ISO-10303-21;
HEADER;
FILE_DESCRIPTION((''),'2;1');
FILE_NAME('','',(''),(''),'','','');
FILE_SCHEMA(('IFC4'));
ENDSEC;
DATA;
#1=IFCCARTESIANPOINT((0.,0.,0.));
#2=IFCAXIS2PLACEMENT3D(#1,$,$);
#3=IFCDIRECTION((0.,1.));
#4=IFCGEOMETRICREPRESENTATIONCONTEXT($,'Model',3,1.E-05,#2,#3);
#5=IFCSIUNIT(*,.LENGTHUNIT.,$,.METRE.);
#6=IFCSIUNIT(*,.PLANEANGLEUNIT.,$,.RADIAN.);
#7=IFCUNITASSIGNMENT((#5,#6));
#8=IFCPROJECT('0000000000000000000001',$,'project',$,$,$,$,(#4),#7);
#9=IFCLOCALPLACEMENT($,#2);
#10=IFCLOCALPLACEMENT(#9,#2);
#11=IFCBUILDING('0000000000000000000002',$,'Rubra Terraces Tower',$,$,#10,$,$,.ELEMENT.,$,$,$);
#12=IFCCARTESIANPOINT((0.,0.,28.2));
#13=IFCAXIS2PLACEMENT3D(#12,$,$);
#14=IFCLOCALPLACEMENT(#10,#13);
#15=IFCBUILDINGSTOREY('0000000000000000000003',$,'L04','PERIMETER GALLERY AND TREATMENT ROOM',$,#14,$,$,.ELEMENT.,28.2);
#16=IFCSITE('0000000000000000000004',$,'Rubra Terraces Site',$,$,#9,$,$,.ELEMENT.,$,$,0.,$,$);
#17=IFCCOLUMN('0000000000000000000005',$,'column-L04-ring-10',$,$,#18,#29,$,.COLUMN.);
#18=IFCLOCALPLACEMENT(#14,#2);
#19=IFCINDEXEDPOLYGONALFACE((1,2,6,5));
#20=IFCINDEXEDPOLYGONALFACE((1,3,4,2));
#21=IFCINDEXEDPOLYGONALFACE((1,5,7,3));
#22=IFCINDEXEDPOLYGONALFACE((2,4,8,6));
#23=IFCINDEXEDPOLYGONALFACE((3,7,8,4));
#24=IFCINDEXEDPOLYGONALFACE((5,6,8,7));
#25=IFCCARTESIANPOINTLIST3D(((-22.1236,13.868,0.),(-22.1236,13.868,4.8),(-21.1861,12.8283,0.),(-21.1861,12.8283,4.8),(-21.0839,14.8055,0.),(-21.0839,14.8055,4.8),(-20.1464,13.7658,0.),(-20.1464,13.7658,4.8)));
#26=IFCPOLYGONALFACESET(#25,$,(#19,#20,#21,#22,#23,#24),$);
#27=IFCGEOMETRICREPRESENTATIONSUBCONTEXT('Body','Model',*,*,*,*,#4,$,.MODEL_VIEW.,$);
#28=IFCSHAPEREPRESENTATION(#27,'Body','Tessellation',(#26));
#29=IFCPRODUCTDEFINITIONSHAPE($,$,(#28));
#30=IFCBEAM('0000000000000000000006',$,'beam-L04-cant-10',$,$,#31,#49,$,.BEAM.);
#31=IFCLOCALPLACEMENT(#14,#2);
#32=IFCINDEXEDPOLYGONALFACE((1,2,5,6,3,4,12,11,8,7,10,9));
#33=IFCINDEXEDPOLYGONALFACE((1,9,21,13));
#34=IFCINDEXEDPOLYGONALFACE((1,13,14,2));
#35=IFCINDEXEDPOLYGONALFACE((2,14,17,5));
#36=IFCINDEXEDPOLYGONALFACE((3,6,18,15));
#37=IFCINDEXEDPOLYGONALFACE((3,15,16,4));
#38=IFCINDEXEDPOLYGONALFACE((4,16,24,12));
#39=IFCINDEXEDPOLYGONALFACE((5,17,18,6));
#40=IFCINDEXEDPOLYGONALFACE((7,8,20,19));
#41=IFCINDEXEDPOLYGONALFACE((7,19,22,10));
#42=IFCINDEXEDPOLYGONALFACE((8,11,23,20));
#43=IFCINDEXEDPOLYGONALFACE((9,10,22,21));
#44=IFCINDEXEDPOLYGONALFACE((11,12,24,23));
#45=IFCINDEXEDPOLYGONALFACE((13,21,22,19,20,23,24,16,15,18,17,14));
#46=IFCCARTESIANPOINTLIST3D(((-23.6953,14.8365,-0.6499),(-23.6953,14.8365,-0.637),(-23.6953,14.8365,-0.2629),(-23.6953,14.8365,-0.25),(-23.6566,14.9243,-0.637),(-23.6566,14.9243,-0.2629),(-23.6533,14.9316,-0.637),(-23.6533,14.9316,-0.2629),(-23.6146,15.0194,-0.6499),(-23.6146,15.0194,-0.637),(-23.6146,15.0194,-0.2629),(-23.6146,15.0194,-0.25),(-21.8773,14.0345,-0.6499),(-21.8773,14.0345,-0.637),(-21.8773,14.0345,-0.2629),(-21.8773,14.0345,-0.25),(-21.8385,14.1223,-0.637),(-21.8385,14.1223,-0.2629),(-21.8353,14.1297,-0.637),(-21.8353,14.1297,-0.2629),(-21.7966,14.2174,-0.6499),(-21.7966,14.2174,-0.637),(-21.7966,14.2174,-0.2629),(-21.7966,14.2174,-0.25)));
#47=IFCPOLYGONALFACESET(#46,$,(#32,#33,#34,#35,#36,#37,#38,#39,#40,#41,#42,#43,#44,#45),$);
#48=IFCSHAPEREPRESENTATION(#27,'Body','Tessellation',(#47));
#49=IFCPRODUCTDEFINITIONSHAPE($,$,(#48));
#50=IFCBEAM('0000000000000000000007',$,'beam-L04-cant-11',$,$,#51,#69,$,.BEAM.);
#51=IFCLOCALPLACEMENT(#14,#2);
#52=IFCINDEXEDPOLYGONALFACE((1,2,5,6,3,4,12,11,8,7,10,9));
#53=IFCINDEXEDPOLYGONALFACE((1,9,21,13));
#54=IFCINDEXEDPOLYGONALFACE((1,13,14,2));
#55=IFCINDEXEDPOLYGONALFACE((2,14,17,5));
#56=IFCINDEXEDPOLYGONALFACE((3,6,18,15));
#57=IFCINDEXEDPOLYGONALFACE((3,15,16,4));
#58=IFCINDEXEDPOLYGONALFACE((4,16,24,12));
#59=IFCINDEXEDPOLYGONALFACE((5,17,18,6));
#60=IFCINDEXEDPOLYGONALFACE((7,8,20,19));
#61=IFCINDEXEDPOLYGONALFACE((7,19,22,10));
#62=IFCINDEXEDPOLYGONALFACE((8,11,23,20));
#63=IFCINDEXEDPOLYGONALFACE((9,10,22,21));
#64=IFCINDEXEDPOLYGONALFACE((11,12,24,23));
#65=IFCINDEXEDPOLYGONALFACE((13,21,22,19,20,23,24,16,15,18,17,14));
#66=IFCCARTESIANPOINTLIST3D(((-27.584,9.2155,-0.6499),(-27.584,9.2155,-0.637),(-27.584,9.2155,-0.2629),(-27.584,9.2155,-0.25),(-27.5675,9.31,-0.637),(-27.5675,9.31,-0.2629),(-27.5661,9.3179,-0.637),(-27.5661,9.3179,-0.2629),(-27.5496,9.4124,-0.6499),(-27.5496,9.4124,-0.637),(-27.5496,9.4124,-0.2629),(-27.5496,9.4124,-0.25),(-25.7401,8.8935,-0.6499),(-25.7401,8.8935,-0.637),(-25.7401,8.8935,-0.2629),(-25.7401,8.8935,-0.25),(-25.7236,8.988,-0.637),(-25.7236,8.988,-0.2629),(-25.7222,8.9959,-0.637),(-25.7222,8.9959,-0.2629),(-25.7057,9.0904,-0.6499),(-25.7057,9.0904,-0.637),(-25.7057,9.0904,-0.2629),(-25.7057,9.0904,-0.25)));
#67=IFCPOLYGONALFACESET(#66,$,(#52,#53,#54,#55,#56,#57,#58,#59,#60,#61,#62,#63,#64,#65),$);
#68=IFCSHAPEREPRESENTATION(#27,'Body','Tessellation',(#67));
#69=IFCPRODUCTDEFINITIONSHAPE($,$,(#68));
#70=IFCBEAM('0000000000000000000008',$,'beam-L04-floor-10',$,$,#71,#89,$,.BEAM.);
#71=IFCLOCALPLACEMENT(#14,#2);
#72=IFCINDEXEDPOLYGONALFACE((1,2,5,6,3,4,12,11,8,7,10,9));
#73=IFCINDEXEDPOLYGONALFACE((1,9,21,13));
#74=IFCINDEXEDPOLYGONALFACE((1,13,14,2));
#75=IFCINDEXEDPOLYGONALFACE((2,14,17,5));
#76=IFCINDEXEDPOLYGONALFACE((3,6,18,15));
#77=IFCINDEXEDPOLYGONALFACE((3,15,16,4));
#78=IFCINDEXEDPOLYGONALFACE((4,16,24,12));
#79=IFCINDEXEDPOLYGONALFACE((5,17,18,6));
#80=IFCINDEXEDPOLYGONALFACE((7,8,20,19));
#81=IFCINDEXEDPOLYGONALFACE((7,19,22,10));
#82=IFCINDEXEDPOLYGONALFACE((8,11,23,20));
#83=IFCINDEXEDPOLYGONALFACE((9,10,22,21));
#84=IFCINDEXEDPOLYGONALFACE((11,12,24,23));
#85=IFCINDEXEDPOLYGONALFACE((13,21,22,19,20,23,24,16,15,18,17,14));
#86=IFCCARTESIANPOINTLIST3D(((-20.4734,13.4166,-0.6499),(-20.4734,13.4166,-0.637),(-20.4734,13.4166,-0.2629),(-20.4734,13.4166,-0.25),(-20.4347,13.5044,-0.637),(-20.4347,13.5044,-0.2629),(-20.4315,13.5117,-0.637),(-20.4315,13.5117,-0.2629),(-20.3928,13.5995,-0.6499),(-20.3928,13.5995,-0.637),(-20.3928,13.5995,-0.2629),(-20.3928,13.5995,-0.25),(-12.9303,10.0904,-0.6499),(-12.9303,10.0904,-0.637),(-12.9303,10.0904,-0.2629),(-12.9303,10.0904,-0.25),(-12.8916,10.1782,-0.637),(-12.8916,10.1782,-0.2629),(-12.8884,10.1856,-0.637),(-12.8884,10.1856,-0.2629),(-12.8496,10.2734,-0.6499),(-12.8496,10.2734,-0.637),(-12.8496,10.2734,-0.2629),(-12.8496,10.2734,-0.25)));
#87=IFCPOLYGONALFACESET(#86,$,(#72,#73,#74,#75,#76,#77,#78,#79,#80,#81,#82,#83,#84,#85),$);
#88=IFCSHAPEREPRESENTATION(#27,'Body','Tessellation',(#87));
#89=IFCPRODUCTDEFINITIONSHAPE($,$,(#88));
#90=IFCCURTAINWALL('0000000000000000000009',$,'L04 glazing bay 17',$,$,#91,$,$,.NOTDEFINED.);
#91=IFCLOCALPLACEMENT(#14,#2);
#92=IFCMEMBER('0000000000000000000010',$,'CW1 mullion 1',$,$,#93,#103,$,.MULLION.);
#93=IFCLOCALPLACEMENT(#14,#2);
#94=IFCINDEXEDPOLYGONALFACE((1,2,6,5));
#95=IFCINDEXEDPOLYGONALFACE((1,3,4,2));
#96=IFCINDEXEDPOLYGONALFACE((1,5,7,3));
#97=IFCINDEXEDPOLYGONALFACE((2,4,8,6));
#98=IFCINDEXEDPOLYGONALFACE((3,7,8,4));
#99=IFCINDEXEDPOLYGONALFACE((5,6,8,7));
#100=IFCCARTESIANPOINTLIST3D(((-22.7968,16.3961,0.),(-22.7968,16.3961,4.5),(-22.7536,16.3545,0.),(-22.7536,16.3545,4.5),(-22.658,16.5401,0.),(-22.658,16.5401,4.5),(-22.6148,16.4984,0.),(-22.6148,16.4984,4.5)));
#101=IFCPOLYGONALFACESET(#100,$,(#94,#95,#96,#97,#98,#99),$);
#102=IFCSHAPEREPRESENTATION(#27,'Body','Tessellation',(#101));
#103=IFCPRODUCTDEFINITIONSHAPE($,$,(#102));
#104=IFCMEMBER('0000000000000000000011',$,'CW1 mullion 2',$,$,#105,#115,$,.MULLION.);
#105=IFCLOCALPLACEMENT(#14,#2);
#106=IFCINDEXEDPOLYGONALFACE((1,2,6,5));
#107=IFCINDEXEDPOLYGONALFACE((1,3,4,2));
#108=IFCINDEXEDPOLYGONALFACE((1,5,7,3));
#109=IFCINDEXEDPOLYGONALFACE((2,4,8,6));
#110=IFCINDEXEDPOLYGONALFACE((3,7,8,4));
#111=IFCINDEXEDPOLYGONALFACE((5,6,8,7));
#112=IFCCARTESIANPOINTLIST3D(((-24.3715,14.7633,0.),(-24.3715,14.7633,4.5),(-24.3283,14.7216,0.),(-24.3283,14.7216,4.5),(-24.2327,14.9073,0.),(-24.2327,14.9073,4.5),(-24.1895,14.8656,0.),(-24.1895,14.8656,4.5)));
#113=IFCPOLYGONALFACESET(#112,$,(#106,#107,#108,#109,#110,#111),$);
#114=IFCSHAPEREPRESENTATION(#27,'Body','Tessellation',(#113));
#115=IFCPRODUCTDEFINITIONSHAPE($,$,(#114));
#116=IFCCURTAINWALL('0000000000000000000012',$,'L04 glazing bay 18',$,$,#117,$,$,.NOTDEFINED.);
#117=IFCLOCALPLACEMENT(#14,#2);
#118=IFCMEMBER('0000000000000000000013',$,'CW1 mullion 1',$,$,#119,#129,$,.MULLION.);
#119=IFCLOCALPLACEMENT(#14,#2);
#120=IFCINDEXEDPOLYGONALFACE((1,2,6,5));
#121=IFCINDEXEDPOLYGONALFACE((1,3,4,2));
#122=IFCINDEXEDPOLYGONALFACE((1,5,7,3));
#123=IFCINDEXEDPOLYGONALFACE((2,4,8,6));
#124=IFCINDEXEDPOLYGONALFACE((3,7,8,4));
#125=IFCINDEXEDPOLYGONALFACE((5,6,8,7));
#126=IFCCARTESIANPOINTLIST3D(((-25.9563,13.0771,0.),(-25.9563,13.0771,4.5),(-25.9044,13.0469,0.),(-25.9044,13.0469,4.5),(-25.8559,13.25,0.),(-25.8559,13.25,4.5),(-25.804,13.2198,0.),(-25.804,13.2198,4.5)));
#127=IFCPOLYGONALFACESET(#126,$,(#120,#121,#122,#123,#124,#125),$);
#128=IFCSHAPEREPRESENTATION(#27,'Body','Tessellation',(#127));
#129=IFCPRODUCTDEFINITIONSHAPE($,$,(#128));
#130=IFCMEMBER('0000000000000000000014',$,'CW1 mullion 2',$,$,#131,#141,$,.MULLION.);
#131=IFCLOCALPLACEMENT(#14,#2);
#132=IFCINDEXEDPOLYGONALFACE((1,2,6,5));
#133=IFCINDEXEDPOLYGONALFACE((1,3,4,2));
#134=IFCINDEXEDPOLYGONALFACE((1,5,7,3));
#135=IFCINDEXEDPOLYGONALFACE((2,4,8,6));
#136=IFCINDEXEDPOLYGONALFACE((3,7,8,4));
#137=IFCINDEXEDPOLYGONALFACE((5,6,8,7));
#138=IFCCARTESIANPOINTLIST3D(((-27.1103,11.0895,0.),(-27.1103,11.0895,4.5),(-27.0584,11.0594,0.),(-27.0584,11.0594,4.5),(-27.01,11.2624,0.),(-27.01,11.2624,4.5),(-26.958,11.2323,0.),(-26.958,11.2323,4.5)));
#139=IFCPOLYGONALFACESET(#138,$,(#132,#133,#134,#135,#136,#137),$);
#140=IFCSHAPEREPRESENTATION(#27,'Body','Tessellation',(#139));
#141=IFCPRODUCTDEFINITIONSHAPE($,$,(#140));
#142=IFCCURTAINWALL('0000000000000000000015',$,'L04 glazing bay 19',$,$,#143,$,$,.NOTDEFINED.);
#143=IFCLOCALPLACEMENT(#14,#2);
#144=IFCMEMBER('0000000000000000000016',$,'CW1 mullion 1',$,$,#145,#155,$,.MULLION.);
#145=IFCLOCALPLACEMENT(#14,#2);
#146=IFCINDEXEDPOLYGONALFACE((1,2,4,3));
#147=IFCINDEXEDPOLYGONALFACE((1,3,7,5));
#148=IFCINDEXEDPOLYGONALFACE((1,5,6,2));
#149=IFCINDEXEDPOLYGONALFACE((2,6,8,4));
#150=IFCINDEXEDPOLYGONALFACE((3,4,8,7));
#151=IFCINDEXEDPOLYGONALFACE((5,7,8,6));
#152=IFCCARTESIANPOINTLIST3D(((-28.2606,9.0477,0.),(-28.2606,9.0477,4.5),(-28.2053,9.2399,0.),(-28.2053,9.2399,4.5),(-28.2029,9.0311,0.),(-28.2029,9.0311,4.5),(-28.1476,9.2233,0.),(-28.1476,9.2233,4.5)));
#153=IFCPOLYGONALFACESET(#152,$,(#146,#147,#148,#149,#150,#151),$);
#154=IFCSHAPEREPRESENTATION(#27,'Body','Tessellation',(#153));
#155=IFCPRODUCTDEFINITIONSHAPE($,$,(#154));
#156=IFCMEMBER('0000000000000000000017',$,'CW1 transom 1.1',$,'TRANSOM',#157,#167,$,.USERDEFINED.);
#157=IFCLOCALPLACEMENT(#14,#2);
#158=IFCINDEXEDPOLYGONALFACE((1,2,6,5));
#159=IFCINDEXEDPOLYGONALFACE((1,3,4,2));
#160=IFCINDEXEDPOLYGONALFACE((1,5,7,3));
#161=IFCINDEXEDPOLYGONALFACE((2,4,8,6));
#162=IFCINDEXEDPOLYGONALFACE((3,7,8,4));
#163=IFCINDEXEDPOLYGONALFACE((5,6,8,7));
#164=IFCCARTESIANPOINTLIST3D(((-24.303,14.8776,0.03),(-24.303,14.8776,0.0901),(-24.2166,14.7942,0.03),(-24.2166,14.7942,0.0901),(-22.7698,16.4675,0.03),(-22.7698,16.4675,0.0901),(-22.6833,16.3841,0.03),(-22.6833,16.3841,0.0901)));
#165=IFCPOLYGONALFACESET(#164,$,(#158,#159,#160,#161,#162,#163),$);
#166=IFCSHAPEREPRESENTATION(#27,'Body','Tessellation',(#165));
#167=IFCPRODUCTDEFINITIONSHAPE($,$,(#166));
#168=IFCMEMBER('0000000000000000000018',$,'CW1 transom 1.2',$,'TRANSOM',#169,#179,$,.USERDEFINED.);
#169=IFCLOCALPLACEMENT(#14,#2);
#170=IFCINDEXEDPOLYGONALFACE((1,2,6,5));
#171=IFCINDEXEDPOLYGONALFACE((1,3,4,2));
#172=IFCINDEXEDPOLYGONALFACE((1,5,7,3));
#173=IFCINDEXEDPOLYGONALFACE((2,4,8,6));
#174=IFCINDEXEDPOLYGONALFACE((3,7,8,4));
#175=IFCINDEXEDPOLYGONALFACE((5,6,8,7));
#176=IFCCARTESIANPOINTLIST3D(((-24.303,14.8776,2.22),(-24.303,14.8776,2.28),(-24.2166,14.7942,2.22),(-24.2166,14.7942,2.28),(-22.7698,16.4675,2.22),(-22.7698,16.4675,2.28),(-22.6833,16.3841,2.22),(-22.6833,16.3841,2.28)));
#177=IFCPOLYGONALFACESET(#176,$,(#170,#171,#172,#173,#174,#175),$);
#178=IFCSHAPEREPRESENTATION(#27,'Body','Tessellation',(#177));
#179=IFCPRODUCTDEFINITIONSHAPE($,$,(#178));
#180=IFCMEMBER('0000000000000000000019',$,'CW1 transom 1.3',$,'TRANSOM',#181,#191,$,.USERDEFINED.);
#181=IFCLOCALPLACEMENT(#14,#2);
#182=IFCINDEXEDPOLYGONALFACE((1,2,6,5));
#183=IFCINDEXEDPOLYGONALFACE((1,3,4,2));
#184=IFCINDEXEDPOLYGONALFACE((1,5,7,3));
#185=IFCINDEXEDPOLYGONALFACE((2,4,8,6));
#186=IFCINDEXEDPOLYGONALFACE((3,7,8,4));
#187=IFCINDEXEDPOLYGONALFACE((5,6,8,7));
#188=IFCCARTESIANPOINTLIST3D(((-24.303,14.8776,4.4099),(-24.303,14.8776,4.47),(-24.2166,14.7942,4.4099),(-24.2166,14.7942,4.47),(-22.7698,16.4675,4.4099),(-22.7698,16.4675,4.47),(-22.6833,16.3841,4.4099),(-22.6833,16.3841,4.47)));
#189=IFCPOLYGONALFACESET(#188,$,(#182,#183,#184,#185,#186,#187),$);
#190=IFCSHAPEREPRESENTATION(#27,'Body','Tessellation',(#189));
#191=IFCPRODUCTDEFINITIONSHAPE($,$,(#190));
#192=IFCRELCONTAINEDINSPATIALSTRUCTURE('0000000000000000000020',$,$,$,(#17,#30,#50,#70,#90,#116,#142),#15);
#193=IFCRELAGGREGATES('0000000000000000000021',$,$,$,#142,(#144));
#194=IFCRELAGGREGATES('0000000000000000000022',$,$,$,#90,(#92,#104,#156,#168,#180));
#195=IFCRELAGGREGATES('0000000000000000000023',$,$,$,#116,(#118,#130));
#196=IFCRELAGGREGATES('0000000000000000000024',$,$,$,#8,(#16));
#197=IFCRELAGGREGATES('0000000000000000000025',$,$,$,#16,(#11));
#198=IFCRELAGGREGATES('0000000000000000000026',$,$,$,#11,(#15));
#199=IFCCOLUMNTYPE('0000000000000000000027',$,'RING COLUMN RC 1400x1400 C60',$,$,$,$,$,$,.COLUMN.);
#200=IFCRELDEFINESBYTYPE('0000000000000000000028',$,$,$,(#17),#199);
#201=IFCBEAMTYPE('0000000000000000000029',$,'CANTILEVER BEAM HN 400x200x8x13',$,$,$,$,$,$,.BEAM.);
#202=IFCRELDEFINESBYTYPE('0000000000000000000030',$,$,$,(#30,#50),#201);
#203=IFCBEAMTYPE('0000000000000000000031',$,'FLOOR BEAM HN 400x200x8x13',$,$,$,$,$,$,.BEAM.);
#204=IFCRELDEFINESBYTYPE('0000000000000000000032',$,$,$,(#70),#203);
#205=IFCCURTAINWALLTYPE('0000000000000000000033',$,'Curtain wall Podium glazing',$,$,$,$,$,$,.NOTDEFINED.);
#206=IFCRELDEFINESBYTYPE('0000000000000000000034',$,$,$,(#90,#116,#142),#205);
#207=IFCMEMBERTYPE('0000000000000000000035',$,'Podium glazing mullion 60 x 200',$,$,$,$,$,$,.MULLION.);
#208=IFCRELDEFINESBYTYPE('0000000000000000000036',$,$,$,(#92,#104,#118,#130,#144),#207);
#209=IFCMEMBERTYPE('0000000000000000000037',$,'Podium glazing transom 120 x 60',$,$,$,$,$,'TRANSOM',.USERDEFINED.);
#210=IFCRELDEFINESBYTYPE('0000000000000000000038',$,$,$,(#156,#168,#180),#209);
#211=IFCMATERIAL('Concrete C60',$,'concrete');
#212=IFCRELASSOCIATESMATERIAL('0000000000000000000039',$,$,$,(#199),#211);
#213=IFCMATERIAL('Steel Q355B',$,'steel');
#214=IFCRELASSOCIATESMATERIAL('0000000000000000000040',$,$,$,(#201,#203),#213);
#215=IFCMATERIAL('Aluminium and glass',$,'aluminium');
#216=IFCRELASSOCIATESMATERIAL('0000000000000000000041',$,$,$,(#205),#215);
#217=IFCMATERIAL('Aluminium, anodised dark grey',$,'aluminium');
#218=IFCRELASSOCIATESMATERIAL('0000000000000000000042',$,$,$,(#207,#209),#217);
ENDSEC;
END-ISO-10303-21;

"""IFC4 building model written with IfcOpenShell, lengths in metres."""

from ifc_helpers import new_model, si_unit, direction, frame, origin, origin_2d, place, context, subcontext, project, spatial, rectangle, i_section, extrude, material, material_profile, profile_set, type_object, element, aggregate, save


model = new_model("IFC4")

# Units and contexts
model_context = context("Model", 3, precision=1e-05, world=origin(), true_north=direction((0.0, 1.0)))
body_context = subcontext(model_context, "Body", "Model", "MODEL_VIEW")
ifc_project = project(units=[si_unit("LENGTHUNIT", "METRE"), si_unit("PLANEANGLEUNIT", "RADIAN")], contexts=[model_context])

# Site, building, storey
site_placement = place(None, origin())
site = spatial("IfcSite", under=ifc_project, at=site_placement, Name="Rubra Terraces Site", CompositionType="ELEMENT", RefElevation=0.0)
building_placement = place(site_placement, origin())
building = spatial("IfcBuilding", under=site, at=building_placement, Name="Rubra Terraces Tower", CompositionType="ELEMENT")
storey_placement = place(building_placement, frame((0.0, 0.0, 28.2)))
storey = spatial("IfcBuildingStorey", under=building, at=storey_placement, Name="L04", Description="PERIMETER GALLERY AND TREATMENT ROOM", CompositionType="ELEMENT", Elevation=28.2)

# Column
ifc_material_1 = material(Name="Concrete C60", Category="concrete")
ifc_material_profile_1 = material_profile(ifc_material_1, rectangle(XDim=1.3999, YDim=1.3999, at=origin_2d()), Name="RC 1400x1400")
ifc_profile_set_1 = profile_set([ifc_material_profile_1], Name="Concrete C60")
column_type = type_object("IfcColumnType", Name="RING COLUMN RC 1400x1400 C60", PredefinedType="COLUMN", material=ifc_profile_set_1)
column_placement = place(storey_placement, frame((-21.135, 13.8169, 0.0), z_axis=(0.0, 0.0, 1.0), x_axis=(-0.742676, -0.669651, 0.0)))
element("IfcColumn", 1, at=column_placement, inside=storey, type_object=column_type, Name="column-L04-ring-10", PredefinedType="COLUMN", context=body_context, shape_type="SweptSolid", body=[
    extrude(rectangle(XDim=1.3999, YDim=1.3999, at=origin_2d()), origin(), (0.0, 0.0, 1.0), 4.8),
])

# Beams
ifc_material_2 = material(Name="Steel Q355B", Category="steel")
ifc_material_profile_2 = material_profile(ifc_material_2, i_section(OverallWidth=0.2, OverallDepth=0.3999, WebThickness=0.0081, FlangeThickness=0.0129, at=origin_2d()), Name="HN 400x200x8x13")
ifc_profile_set_2 = profile_set([ifc_material_profile_2], Name="Steel Q355B")
beam_type_1 = type_object("IfcBeamType", Name="CANTILEVER BEAM HN 400x200x8x13", PredefinedType="BEAM", material=ifc_profile_set_2)
beam_1_placement = place(storey_placement, frame((-21.8369, 14.126, -0.45), z_axis=(-0.914938, 0.403595, 0.0), x_axis=(-0.403595, -0.914938, 0.0)))
element("IfcBeam", 2, at=beam_1_placement, inside=storey, type_object=beam_type_1, Name="beam-L04-cant-10", PredefinedType="BEAM", context=body_context, shape_type="SweptSolid", body=[
    extrude(i_section(OverallWidth=0.2, OverallDepth=0.3999, WebThickness=0.0081, FlangeThickness=0.0129, at=origin_2d()), origin(), (0.0, 0.0, 1.0), 1.9871),
])
beam_2_placement = place(storey_placement, frame((-25.7229, 8.9919, -0.45), z_axis=(-0.985092, 0.172029, 0.0), x_axis=(-0.172029, -0.985092, 0.0)))
element("IfcBeam", 3, at=beam_2_placement, inside=storey, type_object=beam_type_1, Name="beam-L04-cant-11", PredefinedType="BEAM", context=body_context, shape_type="SweptSolid", body=[
    extrude(i_section(OverallWidth=0.2, OverallDepth=0.3999, WebThickness=0.0081, FlangeThickness=0.0129, at=origin_2d()), origin(), (0.0, 0.0, 1.0), 1.8718),
])
ifc_material_profile_3 = material_profile(ifc_material_2, i_section(OverallWidth=0.2, OverallDepth=0.3999, WebThickness=0.0081, FlangeThickness=0.0129, at=origin_2d()), Name="HN 400x200x8x13")
ifc_profile_set_3 = profile_set([ifc_material_profile_3], Name="Steel Q355B")
beam_type_2 = type_object("IfcBeamType", Name="FLOOR BEAM HN 400x200x8x13", PredefinedType="BEAM", material=ifc_profile_set_3)
beam_3_placement = place(storey_placement, frame((-20.4331, 13.5081, -0.45), z_axis=(0.914995, -0.403466, 0.0), x_axis=(0.403466, 0.914995, 0.0)))
element("IfcBeam", 4, at=beam_3_placement, inside=storey, type_object=beam_type_2, Name="beam-L04-floor-10", PredefinedType="BEAM", context=body_context, shape_type="SweptSolid", body=[
    extrude(i_section(OverallWidth=0.2, OverallDepth=0.3999, WebThickness=0.0081, FlangeThickness=0.0129, at=origin_2d()), origin(), (0.0, 0.0, 1.0), 8.2439),
])

# Curtain walls, members
ifc_material_3 = material(Name="Aluminium and glass", Category="aluminium")
curtain_wall_type = type_object("IfcCurtainWallType", Name="Curtain wall Podium glazing", PredefinedType="NOTDEFINED", material=ifc_material_3)
curtain_wall_1_placement = place(storey_placement, origin())
curtain_wall_1 = element("IfcCurtainWall", 5, at=curtain_wall_1_placement, inside=storey, type_object=curtain_wall_type, Name="L04 glazing bay 17", PredefinedType="NOTDEFINED")
ifc_material_4 = material(Name="Aluminium, anodised dark grey", Category="aluminium")
ifc_material_profile_4 = material_profile(ifc_material_4, rectangle(XDim=0.0601, YDim=0.2, at=origin_2d()), Name="AL 60x200")
ifc_profile_set_4 = profile_set([ifc_material_profile_4], Name="Aluminium, anodised dark grey")
member_type_1 = type_object("IfcMemberType", Name="Podium glazing mullion 60 x 200", PredefinedType="MULLION", material=ifc_profile_set_4)
member_1_placement = place(storey_placement, frame((-22.7058, 16.4473, 0.0), z_axis=(0.0, 0.0, 1.0), x_axis=(0.719825, -0.694156, 0.0)))
member_1 = element("IfcMember", 6, at=member_1_placement, type_object=member_type_1, Name="CW1 mullion 1", PredefinedType="MULLION", context=body_context, shape_type="SweptSolid", body=[
    extrude(rectangle(XDim=0.0601, YDim=0.2, at=origin_2d()), origin(), (0.0, 0.0, 1.0), 4.5),
])
member_2_placement = place(storey_placement, frame((-24.2805, 14.8145, 0.0), z_axis=(0.0, 0.0, 1.0), x_axis=(0.719825, -0.694156, 0.0)))
member_2 = element("IfcMember", 7, at=member_2_placement, type_object=member_type_1, Name="CW1 mullion 2", PredefinedType="MULLION", context=body_context, shape_type="SweptSolid", body=[
    extrude(rectangle(XDim=0.0601, YDim=0.2, at=origin_2d()), origin(), (0.0, 0.0, 1.0), 4.5),
])
curtain_wall_2_placement = place(storey_placement, origin())
curtain_wall_2 = element("IfcCurtainWall", 8, at=curtain_wall_2_placement, inside=storey, type_object=curtain_wall_type, Name="L04 glazing bay 18", PredefinedType="NOTDEFINED")
member_3_placement = place(storey_placement, frame((-25.8801, 13.1484, 0.0), z_axis=(0.0, 0.0, 1.0), x_axis=(0.864813, -0.502094, 0.0)))
member_3 = element("IfcMember", 9, at=member_3_placement, type_object=member_type_1, Name="CW1 mullion 1", PredefinedType="MULLION", context=body_context, shape_type="SweptSolid", body=[
    extrude(rectangle(XDim=0.0601, YDim=0.2, at=origin_2d()), origin(), (0.0, 0.0, 1.0), 4.5),
])
member_4_placement = place(storey_placement, frame((-27.0342, 11.1609, 0.0), z_axis=(0.0, 0.0, 1.0), x_axis=(0.864813, -0.502094, 0.0)))
member_4 = element("IfcMember", 10, at=member_4_placement, type_object=member_type_1, Name="CW1 mullion 2", PredefinedType="MULLION", context=body_context, shape_type="SweptSolid", body=[
    extrude(rectangle(XDim=0.0601, YDim=0.2, at=origin_2d()), origin(), (0.0, 0.0, 1.0), 4.5),
])

# Curtain wall, member
curtain_wall_3_placement = place(storey_placement, origin())
curtain_wall_3 = element("IfcCurtainWall", 11, at=curtain_wall_3_placement, inside=storey, type_object=curtain_wall_type, Name="L04 glazing bay 19", PredefinedType="NOTDEFINED")
member_5_placement = place(storey_placement, frame((-28.2041, 9.1355, 0.0), z_axis=(0.0, 0.0, 1.0), x_axis=(0.961047, -0.276384, 0.0)))
member_5 = element("IfcMember", 12, at=member_5_placement, type_object=member_type_1, Name="CW1 mullion 1", PredefinedType="MULLION", context=body_context, shape_type="SweptSolid", body=[
    extrude(rectangle(XDim=0.0601, YDim=0.2, at=origin_2d()), origin(), (0.0, 0.0, 1.0), 4.5),
])

# Members
ifc_material_profile_5 = material_profile(ifc_material_4, rectangle(XDim=0.1201, YDim=0.0601, at=origin_2d()), Name="AL 120x60")
ifc_profile_set_5 = profile_set([ifc_material_profile_5], Name="Aluminium, anodised dark grey")
member_type_2 = type_object("IfcMemberType", Name="Podium glazing transom 120 x 60", ElementType="TRANSOM", PredefinedType="USERDEFINED", material=ifc_profile_set_5)
member_6_placement = place(storey_placement, frame((-22.7266, 16.4258, 0.0601), z_axis=(-0.694168, -0.719813, 0.0), x_axis=(0.719813, -0.694168, 0.0)))
member_6 = element("IfcMember", 13, at=member_6_placement, type_object=member_type_2, Name="CW1 transom 1.1", ObjectType="TRANSOM", PredefinedType="USERDEFINED", context=body_context, shape_type="SweptSolid", body=[
    extrude(rectangle(XDim=0.1201, YDim=0.0601, at=origin_2d()), origin(), (0.0, 0.0, 1.0), 2.2087),
])
member_7_placement = place(storey_placement, frame((-22.7266, 16.4258, 2.25), z_axis=(-0.694168, -0.719813, 0.0), x_axis=(0.719813, -0.694168, 0.0)))
member_7 = element("IfcMember", 14, at=member_7_placement, type_object=member_type_2, Name="CW1 transom 1.2", ObjectType="TRANSOM", PredefinedType="USERDEFINED", context=body_context, shape_type="SweptSolid", body=[
    extrude(rectangle(XDim=0.1201, YDim=0.0601, at=origin_2d()), origin(), (0.0, 0.0, 1.0), 2.2087),
])
member_8_placement = place(storey_placement, frame((-22.7266, 16.4258, 4.4399), z_axis=(-0.694168, -0.719813, 0.0), x_axis=(0.719813, -0.694168, 0.0)))
member_8 = element("IfcMember", 15, at=member_8_placement, type_object=member_type_2, Name="CW1 transom 1.3", ObjectType="TRANSOM", PredefinedType="USERDEFINED", context=body_context, shape_type="SweptSolid", body=[
    extrude(rectangle(XDim=0.1201, YDim=0.0601, at=origin_2d()), origin(), (0.0, 0.0, 1.0), 2.2087),
])
aggregate(curtain_wall_3, [member_5])

aggregate(curtain_wall_1, [member_1, member_2, member_6, member_7, member_8])
aggregate(curtain_wall_2, [member_3, member_4])

save(model, "model.ifc")
